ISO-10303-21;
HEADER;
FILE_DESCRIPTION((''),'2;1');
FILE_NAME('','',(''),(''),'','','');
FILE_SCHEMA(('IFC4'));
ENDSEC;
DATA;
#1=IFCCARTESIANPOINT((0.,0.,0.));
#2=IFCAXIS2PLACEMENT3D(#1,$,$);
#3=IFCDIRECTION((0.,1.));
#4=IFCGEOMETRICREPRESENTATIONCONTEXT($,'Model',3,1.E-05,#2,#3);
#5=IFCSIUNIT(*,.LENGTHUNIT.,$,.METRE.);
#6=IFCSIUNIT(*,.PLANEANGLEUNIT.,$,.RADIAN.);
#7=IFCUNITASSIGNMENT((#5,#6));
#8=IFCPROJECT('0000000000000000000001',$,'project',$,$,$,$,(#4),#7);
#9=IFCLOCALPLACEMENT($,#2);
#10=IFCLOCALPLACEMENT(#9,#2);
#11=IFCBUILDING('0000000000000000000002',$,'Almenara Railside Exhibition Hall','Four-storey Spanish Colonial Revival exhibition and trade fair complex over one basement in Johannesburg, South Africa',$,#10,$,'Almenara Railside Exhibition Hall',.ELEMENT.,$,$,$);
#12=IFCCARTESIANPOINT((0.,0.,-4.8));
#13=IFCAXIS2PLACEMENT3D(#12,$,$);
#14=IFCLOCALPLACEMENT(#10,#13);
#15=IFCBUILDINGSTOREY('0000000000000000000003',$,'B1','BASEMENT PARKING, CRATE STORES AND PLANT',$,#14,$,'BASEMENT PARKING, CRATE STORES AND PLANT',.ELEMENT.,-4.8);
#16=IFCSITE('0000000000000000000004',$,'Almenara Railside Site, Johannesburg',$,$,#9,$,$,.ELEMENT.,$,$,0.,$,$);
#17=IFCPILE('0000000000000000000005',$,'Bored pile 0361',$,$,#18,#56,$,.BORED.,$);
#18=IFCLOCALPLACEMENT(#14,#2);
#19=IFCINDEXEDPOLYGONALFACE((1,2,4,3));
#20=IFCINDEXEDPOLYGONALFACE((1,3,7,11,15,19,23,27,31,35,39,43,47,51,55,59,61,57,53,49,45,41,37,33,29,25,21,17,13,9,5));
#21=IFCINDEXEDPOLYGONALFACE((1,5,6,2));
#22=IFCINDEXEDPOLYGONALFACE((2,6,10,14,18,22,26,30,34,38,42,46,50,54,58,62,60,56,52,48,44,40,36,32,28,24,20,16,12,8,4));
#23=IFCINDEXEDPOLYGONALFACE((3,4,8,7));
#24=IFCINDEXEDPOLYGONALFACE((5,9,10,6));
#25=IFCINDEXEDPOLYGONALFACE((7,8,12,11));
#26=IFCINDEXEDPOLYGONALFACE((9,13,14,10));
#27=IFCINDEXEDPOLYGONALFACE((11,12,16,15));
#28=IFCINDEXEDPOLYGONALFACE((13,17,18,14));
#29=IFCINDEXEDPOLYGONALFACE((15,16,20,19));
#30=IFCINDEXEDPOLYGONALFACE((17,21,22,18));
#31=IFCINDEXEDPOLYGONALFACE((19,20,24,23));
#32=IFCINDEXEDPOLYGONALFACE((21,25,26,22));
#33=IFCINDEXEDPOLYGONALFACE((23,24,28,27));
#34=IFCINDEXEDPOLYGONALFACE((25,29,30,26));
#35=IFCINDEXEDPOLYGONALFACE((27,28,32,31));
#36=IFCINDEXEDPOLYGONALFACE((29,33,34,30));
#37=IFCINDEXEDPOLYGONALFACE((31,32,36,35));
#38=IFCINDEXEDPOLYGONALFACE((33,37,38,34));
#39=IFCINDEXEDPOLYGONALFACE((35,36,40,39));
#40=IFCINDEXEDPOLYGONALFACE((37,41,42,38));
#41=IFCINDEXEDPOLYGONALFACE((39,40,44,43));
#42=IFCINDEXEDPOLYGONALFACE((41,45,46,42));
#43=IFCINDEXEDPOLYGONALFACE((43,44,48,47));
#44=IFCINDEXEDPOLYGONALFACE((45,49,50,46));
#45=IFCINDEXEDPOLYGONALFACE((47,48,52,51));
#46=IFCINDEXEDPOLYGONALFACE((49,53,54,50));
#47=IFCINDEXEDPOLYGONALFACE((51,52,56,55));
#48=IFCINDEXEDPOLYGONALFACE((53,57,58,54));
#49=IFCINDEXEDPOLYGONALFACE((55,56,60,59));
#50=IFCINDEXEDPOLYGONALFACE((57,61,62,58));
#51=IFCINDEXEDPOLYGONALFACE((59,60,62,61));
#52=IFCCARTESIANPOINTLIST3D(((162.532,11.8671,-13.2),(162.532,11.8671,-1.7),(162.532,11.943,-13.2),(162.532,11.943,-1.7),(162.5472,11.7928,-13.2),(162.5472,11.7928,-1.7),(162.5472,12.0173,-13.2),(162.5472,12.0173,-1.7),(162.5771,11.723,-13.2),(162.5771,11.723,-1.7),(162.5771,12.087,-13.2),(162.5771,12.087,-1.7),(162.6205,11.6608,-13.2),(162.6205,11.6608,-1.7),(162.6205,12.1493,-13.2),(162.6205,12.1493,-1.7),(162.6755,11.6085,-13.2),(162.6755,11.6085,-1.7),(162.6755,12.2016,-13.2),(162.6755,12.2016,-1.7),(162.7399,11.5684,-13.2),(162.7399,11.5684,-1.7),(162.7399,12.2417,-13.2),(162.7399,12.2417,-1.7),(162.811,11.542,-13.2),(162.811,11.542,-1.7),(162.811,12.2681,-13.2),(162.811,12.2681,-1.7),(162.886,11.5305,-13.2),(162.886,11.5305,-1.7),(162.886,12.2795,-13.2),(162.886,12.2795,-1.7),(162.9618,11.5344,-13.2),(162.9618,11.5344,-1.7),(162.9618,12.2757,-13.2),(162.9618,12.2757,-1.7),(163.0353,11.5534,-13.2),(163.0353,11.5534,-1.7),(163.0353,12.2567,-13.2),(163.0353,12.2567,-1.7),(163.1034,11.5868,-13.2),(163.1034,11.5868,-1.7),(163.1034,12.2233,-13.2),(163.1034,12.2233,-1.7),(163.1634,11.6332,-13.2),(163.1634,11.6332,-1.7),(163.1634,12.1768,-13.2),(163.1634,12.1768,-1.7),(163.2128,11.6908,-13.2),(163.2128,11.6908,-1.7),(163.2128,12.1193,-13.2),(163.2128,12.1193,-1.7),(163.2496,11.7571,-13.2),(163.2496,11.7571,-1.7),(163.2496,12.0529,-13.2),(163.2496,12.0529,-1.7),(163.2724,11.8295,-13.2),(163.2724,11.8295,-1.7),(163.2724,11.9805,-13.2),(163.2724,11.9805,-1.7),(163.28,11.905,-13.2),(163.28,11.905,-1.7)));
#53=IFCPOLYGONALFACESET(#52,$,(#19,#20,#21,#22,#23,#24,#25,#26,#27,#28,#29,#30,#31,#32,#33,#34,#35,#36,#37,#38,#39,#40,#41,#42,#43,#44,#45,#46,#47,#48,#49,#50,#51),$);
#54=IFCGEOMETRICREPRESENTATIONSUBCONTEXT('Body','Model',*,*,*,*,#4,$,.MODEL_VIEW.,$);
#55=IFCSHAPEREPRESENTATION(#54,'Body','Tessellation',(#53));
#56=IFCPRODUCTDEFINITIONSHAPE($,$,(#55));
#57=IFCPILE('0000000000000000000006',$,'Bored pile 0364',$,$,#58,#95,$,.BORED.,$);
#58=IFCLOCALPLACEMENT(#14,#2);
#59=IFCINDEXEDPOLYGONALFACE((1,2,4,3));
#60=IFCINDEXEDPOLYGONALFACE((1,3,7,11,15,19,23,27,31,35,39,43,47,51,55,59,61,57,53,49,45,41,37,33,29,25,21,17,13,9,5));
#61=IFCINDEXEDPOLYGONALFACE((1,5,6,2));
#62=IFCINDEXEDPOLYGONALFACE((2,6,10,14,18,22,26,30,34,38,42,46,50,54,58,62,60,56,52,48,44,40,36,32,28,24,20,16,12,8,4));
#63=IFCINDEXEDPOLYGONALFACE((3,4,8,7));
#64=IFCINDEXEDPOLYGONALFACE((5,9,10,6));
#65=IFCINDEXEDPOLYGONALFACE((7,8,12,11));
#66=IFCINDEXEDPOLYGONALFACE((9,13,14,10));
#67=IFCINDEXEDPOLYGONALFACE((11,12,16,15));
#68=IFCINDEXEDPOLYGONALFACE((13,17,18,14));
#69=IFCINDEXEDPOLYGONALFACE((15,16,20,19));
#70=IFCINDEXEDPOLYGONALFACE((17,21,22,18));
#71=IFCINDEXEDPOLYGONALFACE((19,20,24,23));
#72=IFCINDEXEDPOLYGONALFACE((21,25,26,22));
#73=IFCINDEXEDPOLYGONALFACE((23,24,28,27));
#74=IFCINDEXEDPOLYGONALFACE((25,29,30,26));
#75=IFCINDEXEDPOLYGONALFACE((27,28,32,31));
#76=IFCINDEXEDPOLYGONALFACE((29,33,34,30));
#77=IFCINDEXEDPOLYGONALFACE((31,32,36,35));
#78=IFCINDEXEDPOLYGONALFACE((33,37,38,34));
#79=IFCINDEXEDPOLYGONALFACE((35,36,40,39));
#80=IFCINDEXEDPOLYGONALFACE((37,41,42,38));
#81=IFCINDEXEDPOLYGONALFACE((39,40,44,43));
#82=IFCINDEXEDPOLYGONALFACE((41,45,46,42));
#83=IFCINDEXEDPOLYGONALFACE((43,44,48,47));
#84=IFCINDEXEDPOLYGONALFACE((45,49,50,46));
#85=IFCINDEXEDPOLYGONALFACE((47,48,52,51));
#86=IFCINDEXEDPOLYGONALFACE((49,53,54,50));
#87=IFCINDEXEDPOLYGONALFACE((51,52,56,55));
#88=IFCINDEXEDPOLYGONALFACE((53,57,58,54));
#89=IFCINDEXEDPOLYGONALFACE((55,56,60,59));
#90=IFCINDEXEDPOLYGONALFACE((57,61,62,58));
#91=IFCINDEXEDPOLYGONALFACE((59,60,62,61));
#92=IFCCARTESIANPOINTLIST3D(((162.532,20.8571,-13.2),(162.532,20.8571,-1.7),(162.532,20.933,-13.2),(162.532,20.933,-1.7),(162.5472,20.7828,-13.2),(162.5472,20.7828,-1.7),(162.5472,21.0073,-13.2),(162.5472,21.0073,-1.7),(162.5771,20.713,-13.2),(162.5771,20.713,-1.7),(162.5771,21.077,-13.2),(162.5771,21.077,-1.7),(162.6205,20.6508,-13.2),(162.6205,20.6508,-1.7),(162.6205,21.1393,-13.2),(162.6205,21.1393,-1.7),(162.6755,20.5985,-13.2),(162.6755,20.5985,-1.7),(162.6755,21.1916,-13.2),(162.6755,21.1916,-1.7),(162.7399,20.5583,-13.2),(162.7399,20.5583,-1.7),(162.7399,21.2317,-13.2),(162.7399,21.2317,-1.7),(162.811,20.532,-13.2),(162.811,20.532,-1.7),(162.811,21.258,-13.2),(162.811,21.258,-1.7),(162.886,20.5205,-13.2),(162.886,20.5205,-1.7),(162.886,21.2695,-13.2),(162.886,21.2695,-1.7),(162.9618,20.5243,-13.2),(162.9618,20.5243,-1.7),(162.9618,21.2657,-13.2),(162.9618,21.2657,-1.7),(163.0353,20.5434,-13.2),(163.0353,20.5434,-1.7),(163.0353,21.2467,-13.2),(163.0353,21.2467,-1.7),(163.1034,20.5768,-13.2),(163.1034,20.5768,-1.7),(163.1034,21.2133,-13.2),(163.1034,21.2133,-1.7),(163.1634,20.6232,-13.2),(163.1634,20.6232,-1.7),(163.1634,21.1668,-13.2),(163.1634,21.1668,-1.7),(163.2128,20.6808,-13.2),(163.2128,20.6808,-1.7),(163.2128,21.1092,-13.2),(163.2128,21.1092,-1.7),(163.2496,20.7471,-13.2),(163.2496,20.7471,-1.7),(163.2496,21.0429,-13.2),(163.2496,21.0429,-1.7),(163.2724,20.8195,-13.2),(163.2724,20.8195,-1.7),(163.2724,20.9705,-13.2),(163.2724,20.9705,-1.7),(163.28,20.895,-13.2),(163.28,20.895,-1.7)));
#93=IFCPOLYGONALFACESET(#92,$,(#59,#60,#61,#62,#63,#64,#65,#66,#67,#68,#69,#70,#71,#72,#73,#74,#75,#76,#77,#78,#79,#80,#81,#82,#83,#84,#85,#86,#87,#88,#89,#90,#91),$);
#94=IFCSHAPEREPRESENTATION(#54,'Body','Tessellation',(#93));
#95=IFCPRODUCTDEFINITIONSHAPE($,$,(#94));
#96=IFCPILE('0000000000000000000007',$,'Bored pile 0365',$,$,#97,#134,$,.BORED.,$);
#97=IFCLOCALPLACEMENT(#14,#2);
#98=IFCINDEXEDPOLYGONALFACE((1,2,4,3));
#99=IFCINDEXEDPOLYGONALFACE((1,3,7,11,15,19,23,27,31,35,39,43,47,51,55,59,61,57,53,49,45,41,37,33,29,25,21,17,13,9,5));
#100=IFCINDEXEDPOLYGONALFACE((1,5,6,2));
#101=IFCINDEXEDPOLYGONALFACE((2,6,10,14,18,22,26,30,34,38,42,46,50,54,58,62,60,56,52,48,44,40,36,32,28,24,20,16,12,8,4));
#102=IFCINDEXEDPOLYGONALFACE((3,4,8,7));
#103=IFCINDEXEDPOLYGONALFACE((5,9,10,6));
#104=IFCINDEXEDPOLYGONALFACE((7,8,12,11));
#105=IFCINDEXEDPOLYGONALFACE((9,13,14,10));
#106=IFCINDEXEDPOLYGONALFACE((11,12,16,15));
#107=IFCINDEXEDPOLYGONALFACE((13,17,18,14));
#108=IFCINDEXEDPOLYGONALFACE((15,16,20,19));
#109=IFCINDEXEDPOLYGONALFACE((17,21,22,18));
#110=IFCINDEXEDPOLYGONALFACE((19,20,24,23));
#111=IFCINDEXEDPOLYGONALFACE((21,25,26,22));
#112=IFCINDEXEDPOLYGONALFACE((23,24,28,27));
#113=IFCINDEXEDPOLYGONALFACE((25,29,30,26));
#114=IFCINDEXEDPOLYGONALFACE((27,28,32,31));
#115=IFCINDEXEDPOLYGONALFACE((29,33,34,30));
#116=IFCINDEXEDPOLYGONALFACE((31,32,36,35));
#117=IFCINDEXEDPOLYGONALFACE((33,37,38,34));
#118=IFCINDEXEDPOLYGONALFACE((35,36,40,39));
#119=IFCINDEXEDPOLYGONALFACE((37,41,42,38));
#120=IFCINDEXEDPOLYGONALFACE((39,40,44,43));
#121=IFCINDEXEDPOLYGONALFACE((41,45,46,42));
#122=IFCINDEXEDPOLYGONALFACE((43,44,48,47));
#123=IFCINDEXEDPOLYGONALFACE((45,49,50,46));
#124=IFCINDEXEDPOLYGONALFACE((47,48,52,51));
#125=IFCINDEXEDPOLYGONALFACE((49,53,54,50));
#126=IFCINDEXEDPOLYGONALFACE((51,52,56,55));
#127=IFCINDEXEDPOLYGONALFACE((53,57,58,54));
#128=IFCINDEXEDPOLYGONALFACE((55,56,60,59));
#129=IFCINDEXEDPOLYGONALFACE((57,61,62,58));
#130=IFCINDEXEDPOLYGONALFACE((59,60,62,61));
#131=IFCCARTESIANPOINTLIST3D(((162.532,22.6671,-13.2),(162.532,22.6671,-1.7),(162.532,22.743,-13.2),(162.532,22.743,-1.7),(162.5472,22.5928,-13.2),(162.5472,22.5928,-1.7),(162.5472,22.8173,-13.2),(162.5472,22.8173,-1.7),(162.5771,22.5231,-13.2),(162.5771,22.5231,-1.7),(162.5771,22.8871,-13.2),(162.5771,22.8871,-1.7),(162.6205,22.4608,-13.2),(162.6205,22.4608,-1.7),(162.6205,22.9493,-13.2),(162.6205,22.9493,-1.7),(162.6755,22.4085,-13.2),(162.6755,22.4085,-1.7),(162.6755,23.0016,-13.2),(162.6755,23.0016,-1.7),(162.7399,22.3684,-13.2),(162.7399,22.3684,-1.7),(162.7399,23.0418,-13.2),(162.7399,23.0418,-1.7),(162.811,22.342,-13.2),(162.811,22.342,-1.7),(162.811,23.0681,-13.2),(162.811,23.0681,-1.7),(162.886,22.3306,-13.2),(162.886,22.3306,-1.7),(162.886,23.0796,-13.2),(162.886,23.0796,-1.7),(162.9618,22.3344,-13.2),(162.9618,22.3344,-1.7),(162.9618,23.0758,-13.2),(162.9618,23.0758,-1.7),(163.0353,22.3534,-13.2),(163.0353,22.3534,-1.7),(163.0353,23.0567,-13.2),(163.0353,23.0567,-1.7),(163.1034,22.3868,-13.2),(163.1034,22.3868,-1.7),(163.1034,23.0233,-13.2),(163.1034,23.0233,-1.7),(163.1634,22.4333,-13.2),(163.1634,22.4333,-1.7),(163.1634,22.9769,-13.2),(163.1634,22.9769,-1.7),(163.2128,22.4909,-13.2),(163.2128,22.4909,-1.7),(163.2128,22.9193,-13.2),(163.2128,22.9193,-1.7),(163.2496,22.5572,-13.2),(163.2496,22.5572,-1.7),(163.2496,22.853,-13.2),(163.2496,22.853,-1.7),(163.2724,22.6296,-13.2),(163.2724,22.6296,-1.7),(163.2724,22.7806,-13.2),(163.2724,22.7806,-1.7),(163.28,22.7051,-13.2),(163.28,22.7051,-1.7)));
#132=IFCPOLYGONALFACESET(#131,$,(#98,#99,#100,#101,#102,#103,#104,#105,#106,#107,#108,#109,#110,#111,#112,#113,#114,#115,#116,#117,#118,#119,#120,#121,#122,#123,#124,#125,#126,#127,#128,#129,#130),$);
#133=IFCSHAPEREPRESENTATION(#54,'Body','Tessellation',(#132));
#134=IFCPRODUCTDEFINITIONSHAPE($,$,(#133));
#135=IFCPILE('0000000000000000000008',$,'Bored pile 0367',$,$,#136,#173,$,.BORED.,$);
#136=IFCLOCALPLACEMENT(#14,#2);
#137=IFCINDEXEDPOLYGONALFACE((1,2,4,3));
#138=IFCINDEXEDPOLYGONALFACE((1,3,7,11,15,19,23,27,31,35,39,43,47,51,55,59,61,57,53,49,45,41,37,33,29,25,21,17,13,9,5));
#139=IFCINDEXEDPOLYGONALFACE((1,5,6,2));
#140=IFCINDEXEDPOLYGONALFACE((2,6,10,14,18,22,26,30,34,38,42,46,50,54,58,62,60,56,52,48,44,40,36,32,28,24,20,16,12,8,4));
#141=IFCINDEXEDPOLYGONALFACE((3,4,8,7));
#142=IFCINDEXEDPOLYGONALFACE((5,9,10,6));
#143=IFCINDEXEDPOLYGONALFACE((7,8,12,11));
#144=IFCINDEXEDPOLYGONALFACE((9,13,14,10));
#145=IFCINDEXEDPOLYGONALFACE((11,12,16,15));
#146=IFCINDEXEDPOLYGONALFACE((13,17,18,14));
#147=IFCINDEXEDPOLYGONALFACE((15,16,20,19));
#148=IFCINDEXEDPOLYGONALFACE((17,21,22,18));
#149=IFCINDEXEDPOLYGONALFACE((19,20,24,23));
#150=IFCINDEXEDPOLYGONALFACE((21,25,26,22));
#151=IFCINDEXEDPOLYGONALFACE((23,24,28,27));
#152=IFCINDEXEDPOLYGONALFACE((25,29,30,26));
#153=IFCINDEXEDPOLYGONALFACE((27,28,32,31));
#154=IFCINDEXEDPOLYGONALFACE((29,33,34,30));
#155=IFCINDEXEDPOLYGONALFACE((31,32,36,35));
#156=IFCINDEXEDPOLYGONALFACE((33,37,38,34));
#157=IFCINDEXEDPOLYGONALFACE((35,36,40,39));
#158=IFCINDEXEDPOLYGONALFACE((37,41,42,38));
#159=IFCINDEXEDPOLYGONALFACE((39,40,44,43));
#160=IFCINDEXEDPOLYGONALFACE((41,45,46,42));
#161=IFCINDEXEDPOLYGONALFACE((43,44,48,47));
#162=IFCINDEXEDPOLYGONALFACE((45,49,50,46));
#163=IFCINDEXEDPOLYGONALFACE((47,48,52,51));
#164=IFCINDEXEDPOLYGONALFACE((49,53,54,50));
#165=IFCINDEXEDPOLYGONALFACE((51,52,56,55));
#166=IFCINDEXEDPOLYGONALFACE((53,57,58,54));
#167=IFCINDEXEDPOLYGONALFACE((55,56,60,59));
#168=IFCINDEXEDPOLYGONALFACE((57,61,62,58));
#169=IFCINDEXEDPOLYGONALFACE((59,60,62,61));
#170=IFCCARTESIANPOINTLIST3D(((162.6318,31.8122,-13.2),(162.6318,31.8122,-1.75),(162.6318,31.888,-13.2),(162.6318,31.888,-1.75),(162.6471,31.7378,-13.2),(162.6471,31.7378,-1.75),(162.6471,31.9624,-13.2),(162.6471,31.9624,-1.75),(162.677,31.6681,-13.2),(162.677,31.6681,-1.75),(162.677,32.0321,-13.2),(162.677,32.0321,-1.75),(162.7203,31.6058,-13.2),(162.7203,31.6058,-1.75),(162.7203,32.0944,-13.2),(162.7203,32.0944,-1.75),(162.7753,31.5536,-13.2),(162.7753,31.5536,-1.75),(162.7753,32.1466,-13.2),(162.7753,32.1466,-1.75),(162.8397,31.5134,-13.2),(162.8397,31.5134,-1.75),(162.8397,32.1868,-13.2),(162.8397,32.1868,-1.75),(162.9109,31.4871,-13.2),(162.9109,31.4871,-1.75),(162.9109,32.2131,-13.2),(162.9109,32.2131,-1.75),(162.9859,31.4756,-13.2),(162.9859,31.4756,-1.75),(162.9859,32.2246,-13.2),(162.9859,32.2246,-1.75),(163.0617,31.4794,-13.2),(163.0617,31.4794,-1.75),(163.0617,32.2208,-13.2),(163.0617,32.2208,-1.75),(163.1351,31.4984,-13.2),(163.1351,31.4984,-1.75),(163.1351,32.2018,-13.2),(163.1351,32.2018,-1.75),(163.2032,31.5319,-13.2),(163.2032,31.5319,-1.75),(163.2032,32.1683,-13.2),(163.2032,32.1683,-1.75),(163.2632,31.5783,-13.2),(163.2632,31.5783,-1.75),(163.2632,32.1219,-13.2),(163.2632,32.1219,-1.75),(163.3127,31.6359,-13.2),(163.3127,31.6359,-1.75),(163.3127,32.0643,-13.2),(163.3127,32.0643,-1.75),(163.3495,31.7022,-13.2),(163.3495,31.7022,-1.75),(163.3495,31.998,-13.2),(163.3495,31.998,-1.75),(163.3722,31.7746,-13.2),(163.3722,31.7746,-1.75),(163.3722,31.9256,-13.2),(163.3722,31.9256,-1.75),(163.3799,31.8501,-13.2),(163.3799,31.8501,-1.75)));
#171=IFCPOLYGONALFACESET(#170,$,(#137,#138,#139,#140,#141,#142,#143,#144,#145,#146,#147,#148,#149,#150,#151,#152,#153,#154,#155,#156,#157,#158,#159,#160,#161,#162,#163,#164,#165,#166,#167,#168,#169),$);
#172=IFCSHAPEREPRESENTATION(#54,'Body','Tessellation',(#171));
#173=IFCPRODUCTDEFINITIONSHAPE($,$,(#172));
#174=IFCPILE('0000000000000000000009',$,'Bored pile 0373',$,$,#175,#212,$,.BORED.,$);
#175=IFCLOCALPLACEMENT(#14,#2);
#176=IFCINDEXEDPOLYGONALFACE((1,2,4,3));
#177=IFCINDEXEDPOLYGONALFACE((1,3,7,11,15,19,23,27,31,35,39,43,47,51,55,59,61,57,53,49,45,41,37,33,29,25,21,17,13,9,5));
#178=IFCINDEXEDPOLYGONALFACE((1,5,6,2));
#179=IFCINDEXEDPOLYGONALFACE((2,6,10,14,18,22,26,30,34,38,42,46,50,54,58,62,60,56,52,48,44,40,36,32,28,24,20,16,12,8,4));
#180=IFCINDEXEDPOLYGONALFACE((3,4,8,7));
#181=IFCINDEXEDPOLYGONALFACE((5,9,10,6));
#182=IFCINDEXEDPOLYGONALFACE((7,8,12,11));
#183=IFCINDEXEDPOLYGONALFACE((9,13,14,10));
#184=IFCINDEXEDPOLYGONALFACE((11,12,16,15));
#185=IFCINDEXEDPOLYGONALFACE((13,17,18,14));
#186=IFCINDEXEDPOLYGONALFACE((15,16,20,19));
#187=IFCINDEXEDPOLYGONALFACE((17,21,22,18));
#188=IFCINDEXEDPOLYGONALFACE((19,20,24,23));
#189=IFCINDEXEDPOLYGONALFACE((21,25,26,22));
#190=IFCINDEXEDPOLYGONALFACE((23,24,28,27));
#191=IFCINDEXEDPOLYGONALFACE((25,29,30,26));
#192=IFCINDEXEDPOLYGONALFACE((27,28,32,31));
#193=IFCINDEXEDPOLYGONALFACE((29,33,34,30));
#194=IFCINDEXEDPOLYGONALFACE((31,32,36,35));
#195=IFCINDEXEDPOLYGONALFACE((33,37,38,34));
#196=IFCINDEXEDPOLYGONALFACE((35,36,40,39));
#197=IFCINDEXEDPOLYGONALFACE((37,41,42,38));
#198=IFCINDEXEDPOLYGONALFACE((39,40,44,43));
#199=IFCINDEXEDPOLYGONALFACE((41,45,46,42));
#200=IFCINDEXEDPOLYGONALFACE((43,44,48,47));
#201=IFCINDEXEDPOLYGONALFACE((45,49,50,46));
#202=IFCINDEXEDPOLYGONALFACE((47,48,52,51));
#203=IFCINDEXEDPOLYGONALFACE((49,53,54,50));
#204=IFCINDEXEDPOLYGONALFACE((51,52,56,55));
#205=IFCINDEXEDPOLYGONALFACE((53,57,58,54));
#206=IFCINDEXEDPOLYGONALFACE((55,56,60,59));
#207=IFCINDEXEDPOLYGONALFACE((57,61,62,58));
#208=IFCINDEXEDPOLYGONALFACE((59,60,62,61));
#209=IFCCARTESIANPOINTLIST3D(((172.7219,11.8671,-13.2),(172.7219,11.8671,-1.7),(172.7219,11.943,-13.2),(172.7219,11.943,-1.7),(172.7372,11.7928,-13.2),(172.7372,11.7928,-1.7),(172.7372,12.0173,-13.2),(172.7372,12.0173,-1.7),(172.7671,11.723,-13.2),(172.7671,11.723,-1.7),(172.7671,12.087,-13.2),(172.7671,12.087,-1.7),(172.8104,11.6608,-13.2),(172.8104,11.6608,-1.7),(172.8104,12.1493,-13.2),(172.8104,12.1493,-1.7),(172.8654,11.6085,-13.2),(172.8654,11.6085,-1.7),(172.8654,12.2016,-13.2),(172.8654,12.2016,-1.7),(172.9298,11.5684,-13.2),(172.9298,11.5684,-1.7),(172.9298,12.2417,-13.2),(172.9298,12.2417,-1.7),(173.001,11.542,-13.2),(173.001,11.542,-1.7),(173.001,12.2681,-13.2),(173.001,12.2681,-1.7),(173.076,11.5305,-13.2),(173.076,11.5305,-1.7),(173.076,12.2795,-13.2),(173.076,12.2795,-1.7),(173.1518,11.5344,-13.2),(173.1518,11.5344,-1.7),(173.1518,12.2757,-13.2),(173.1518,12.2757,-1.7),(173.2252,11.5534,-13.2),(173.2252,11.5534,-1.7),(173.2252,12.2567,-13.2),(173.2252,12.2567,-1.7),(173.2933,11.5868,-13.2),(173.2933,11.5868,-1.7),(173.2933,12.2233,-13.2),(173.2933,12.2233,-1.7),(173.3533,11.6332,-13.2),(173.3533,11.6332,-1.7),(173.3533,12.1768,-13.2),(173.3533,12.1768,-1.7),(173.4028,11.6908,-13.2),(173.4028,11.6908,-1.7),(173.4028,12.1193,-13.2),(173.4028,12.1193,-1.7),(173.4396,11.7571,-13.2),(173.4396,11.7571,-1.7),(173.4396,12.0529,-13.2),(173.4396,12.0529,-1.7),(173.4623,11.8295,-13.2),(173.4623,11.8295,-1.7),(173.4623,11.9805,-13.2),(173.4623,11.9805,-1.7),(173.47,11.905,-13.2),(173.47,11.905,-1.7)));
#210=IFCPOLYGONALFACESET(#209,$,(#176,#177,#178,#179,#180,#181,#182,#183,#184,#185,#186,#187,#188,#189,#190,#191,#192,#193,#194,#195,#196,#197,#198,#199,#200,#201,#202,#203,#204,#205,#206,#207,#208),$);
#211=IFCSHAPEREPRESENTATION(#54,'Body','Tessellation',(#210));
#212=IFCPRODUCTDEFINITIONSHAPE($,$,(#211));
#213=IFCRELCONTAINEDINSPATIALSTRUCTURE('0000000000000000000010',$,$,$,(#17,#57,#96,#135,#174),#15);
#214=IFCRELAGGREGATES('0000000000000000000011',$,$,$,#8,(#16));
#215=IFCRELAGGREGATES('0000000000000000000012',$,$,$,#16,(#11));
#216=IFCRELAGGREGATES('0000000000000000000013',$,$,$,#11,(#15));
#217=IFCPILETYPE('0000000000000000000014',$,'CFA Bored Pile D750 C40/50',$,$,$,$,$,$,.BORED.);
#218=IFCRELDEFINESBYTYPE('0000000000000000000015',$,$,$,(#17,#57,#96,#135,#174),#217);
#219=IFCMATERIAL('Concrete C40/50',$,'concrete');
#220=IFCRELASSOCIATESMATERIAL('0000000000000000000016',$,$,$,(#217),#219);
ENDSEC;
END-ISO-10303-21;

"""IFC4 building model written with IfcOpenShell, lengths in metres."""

from ifc_helpers import new_model, si_unit, direction, frame, origin, origin_2d, place, context, subcontext, project, spatial, circle, extrude, material, material_profile, profile_set, type_object, element, save


model = new_model("IFC4")

# Units and contexts
model_context = context("Model", 3, precision=1e-05, world=origin(), true_north=direction((0.0, 1.0)))
body_context = subcontext(model_context, "Body", "Model", "MODEL_VIEW")
ifc_project = project(units=[si_unit("LENGTHUNIT", "METRE"), si_unit("PLANEANGLEUNIT", "RADIAN")], contexts=[model_context])

# Site, building, storey
site_placement = place(None, origin())
site = spatial("IfcSite", under=ifc_project, at=site_placement, Name="Almenara Railside Site, Johannesburg", CompositionType="ELEMENT", RefElevation=0.0)
building_placement = place(site_placement, origin())
building = spatial("IfcBuilding", under=site, at=building_placement, Name="Almenara Railside Exhibition Hall", Description="Four-storey Spanish Colonial Revival exhibition and trade fair complex over one basement in Johannesburg, South Africa", LongName="Almenara Railside Exhibition Hall", CompositionType="ELEMENT")
storey_placement = place(building_placement, frame((0.0, 0.0, -4.8)))
storey = spatial("IfcBuildingStorey", under=building, at=storey_placement, Name="B1", Description="BASEMENT PARKING, CRATE STORES AND PLANT", LongName="BASEMENT PARKING, CRATE STORES AND PLANT", CompositionType="ELEMENT", Elevation=-4.8)

# Piles
ifc_material_1 = material(Name="Concrete C40/50", Category="concrete")
ifc_material_profile_1 = material_profile(ifc_material_1, circle(Radius=0.375, at=origin_2d()), Name="CFA-PILE D750")
ifc_profile_set_1 = profile_set([ifc_material_profile_1], Name="Concrete C40/50")
pile_type = type_object("IfcPileType", Name="CFA Bored Pile D750 C40/50", PredefinedType="BORED", material=ifc_profile_set_1)
for number, where, z_axis, x_axis, name in (
    (1, (162.905, 11.905, -1.7), (0.0, 0.0, -1.0), (1.0, 0.0, 0.0), "Bored pile 0361"),
    (2, (162.905, 20.895, -1.7), (0.0, 0.0, -1.0), (1.0, 0.0, 0.0), "Bored pile 0364"),
    (3, (162.905, 22.7051, -1.7), (0.0, 0.0, -1.0), (1.0, 0.0, 0.0), "Bored pile 0365"),
):
    element("IfcPile", number, at=place(storey_placement, frame(where, z_axis=z_axis, x_axis=x_axis)), inside=storey, type_object=pile_type, Name=name, PredefinedType="BORED", context=body_context, shape_type="SweptSolid", body=[
        extrude(circle(Radius=0.375, at=origin_2d()), origin(), (0.0, 0.0, 1.0), 11.5),
    ])
pile_1_placement = place(storey_placement, frame((163.0049, 31.8501, -1.75), z_axis=(0.0, 0.0, -1.0), x_axis=(1.0, 0.0, 0.0)))
element("IfcPile", 4, at=pile_1_placement, inside=storey, type_object=pile_type, Name="Bored pile 0367", PredefinedType="BORED", context=body_context, shape_type="SweptSolid", body=[
    extrude(circle(Radius=0.375, at=origin_2d()), origin(), (0.0, 0.0, 1.0), 11.45),
])
for number, where, z_axis, x_axis, name in (
    (5, (173.095, 11.905, -1.7), (0.0, 0.0, -1.0), (1.0, 0.0, 0.0), "Bored pile 0373"),
):
    element("IfcPile", number, at=place(storey_placement, frame(where, z_axis=z_axis, x_axis=x_axis)), inside=storey, type_object=pile_type, Name=name, PredefinedType="BORED", context=body_context, shape_type="SweptSolid", body=[
        extrude(circle(Radius=0.375, at=origin_2d()), origin(), (0.0, 0.0, 1.0), 11.5),
    ])

save(model, "model.ifc")
